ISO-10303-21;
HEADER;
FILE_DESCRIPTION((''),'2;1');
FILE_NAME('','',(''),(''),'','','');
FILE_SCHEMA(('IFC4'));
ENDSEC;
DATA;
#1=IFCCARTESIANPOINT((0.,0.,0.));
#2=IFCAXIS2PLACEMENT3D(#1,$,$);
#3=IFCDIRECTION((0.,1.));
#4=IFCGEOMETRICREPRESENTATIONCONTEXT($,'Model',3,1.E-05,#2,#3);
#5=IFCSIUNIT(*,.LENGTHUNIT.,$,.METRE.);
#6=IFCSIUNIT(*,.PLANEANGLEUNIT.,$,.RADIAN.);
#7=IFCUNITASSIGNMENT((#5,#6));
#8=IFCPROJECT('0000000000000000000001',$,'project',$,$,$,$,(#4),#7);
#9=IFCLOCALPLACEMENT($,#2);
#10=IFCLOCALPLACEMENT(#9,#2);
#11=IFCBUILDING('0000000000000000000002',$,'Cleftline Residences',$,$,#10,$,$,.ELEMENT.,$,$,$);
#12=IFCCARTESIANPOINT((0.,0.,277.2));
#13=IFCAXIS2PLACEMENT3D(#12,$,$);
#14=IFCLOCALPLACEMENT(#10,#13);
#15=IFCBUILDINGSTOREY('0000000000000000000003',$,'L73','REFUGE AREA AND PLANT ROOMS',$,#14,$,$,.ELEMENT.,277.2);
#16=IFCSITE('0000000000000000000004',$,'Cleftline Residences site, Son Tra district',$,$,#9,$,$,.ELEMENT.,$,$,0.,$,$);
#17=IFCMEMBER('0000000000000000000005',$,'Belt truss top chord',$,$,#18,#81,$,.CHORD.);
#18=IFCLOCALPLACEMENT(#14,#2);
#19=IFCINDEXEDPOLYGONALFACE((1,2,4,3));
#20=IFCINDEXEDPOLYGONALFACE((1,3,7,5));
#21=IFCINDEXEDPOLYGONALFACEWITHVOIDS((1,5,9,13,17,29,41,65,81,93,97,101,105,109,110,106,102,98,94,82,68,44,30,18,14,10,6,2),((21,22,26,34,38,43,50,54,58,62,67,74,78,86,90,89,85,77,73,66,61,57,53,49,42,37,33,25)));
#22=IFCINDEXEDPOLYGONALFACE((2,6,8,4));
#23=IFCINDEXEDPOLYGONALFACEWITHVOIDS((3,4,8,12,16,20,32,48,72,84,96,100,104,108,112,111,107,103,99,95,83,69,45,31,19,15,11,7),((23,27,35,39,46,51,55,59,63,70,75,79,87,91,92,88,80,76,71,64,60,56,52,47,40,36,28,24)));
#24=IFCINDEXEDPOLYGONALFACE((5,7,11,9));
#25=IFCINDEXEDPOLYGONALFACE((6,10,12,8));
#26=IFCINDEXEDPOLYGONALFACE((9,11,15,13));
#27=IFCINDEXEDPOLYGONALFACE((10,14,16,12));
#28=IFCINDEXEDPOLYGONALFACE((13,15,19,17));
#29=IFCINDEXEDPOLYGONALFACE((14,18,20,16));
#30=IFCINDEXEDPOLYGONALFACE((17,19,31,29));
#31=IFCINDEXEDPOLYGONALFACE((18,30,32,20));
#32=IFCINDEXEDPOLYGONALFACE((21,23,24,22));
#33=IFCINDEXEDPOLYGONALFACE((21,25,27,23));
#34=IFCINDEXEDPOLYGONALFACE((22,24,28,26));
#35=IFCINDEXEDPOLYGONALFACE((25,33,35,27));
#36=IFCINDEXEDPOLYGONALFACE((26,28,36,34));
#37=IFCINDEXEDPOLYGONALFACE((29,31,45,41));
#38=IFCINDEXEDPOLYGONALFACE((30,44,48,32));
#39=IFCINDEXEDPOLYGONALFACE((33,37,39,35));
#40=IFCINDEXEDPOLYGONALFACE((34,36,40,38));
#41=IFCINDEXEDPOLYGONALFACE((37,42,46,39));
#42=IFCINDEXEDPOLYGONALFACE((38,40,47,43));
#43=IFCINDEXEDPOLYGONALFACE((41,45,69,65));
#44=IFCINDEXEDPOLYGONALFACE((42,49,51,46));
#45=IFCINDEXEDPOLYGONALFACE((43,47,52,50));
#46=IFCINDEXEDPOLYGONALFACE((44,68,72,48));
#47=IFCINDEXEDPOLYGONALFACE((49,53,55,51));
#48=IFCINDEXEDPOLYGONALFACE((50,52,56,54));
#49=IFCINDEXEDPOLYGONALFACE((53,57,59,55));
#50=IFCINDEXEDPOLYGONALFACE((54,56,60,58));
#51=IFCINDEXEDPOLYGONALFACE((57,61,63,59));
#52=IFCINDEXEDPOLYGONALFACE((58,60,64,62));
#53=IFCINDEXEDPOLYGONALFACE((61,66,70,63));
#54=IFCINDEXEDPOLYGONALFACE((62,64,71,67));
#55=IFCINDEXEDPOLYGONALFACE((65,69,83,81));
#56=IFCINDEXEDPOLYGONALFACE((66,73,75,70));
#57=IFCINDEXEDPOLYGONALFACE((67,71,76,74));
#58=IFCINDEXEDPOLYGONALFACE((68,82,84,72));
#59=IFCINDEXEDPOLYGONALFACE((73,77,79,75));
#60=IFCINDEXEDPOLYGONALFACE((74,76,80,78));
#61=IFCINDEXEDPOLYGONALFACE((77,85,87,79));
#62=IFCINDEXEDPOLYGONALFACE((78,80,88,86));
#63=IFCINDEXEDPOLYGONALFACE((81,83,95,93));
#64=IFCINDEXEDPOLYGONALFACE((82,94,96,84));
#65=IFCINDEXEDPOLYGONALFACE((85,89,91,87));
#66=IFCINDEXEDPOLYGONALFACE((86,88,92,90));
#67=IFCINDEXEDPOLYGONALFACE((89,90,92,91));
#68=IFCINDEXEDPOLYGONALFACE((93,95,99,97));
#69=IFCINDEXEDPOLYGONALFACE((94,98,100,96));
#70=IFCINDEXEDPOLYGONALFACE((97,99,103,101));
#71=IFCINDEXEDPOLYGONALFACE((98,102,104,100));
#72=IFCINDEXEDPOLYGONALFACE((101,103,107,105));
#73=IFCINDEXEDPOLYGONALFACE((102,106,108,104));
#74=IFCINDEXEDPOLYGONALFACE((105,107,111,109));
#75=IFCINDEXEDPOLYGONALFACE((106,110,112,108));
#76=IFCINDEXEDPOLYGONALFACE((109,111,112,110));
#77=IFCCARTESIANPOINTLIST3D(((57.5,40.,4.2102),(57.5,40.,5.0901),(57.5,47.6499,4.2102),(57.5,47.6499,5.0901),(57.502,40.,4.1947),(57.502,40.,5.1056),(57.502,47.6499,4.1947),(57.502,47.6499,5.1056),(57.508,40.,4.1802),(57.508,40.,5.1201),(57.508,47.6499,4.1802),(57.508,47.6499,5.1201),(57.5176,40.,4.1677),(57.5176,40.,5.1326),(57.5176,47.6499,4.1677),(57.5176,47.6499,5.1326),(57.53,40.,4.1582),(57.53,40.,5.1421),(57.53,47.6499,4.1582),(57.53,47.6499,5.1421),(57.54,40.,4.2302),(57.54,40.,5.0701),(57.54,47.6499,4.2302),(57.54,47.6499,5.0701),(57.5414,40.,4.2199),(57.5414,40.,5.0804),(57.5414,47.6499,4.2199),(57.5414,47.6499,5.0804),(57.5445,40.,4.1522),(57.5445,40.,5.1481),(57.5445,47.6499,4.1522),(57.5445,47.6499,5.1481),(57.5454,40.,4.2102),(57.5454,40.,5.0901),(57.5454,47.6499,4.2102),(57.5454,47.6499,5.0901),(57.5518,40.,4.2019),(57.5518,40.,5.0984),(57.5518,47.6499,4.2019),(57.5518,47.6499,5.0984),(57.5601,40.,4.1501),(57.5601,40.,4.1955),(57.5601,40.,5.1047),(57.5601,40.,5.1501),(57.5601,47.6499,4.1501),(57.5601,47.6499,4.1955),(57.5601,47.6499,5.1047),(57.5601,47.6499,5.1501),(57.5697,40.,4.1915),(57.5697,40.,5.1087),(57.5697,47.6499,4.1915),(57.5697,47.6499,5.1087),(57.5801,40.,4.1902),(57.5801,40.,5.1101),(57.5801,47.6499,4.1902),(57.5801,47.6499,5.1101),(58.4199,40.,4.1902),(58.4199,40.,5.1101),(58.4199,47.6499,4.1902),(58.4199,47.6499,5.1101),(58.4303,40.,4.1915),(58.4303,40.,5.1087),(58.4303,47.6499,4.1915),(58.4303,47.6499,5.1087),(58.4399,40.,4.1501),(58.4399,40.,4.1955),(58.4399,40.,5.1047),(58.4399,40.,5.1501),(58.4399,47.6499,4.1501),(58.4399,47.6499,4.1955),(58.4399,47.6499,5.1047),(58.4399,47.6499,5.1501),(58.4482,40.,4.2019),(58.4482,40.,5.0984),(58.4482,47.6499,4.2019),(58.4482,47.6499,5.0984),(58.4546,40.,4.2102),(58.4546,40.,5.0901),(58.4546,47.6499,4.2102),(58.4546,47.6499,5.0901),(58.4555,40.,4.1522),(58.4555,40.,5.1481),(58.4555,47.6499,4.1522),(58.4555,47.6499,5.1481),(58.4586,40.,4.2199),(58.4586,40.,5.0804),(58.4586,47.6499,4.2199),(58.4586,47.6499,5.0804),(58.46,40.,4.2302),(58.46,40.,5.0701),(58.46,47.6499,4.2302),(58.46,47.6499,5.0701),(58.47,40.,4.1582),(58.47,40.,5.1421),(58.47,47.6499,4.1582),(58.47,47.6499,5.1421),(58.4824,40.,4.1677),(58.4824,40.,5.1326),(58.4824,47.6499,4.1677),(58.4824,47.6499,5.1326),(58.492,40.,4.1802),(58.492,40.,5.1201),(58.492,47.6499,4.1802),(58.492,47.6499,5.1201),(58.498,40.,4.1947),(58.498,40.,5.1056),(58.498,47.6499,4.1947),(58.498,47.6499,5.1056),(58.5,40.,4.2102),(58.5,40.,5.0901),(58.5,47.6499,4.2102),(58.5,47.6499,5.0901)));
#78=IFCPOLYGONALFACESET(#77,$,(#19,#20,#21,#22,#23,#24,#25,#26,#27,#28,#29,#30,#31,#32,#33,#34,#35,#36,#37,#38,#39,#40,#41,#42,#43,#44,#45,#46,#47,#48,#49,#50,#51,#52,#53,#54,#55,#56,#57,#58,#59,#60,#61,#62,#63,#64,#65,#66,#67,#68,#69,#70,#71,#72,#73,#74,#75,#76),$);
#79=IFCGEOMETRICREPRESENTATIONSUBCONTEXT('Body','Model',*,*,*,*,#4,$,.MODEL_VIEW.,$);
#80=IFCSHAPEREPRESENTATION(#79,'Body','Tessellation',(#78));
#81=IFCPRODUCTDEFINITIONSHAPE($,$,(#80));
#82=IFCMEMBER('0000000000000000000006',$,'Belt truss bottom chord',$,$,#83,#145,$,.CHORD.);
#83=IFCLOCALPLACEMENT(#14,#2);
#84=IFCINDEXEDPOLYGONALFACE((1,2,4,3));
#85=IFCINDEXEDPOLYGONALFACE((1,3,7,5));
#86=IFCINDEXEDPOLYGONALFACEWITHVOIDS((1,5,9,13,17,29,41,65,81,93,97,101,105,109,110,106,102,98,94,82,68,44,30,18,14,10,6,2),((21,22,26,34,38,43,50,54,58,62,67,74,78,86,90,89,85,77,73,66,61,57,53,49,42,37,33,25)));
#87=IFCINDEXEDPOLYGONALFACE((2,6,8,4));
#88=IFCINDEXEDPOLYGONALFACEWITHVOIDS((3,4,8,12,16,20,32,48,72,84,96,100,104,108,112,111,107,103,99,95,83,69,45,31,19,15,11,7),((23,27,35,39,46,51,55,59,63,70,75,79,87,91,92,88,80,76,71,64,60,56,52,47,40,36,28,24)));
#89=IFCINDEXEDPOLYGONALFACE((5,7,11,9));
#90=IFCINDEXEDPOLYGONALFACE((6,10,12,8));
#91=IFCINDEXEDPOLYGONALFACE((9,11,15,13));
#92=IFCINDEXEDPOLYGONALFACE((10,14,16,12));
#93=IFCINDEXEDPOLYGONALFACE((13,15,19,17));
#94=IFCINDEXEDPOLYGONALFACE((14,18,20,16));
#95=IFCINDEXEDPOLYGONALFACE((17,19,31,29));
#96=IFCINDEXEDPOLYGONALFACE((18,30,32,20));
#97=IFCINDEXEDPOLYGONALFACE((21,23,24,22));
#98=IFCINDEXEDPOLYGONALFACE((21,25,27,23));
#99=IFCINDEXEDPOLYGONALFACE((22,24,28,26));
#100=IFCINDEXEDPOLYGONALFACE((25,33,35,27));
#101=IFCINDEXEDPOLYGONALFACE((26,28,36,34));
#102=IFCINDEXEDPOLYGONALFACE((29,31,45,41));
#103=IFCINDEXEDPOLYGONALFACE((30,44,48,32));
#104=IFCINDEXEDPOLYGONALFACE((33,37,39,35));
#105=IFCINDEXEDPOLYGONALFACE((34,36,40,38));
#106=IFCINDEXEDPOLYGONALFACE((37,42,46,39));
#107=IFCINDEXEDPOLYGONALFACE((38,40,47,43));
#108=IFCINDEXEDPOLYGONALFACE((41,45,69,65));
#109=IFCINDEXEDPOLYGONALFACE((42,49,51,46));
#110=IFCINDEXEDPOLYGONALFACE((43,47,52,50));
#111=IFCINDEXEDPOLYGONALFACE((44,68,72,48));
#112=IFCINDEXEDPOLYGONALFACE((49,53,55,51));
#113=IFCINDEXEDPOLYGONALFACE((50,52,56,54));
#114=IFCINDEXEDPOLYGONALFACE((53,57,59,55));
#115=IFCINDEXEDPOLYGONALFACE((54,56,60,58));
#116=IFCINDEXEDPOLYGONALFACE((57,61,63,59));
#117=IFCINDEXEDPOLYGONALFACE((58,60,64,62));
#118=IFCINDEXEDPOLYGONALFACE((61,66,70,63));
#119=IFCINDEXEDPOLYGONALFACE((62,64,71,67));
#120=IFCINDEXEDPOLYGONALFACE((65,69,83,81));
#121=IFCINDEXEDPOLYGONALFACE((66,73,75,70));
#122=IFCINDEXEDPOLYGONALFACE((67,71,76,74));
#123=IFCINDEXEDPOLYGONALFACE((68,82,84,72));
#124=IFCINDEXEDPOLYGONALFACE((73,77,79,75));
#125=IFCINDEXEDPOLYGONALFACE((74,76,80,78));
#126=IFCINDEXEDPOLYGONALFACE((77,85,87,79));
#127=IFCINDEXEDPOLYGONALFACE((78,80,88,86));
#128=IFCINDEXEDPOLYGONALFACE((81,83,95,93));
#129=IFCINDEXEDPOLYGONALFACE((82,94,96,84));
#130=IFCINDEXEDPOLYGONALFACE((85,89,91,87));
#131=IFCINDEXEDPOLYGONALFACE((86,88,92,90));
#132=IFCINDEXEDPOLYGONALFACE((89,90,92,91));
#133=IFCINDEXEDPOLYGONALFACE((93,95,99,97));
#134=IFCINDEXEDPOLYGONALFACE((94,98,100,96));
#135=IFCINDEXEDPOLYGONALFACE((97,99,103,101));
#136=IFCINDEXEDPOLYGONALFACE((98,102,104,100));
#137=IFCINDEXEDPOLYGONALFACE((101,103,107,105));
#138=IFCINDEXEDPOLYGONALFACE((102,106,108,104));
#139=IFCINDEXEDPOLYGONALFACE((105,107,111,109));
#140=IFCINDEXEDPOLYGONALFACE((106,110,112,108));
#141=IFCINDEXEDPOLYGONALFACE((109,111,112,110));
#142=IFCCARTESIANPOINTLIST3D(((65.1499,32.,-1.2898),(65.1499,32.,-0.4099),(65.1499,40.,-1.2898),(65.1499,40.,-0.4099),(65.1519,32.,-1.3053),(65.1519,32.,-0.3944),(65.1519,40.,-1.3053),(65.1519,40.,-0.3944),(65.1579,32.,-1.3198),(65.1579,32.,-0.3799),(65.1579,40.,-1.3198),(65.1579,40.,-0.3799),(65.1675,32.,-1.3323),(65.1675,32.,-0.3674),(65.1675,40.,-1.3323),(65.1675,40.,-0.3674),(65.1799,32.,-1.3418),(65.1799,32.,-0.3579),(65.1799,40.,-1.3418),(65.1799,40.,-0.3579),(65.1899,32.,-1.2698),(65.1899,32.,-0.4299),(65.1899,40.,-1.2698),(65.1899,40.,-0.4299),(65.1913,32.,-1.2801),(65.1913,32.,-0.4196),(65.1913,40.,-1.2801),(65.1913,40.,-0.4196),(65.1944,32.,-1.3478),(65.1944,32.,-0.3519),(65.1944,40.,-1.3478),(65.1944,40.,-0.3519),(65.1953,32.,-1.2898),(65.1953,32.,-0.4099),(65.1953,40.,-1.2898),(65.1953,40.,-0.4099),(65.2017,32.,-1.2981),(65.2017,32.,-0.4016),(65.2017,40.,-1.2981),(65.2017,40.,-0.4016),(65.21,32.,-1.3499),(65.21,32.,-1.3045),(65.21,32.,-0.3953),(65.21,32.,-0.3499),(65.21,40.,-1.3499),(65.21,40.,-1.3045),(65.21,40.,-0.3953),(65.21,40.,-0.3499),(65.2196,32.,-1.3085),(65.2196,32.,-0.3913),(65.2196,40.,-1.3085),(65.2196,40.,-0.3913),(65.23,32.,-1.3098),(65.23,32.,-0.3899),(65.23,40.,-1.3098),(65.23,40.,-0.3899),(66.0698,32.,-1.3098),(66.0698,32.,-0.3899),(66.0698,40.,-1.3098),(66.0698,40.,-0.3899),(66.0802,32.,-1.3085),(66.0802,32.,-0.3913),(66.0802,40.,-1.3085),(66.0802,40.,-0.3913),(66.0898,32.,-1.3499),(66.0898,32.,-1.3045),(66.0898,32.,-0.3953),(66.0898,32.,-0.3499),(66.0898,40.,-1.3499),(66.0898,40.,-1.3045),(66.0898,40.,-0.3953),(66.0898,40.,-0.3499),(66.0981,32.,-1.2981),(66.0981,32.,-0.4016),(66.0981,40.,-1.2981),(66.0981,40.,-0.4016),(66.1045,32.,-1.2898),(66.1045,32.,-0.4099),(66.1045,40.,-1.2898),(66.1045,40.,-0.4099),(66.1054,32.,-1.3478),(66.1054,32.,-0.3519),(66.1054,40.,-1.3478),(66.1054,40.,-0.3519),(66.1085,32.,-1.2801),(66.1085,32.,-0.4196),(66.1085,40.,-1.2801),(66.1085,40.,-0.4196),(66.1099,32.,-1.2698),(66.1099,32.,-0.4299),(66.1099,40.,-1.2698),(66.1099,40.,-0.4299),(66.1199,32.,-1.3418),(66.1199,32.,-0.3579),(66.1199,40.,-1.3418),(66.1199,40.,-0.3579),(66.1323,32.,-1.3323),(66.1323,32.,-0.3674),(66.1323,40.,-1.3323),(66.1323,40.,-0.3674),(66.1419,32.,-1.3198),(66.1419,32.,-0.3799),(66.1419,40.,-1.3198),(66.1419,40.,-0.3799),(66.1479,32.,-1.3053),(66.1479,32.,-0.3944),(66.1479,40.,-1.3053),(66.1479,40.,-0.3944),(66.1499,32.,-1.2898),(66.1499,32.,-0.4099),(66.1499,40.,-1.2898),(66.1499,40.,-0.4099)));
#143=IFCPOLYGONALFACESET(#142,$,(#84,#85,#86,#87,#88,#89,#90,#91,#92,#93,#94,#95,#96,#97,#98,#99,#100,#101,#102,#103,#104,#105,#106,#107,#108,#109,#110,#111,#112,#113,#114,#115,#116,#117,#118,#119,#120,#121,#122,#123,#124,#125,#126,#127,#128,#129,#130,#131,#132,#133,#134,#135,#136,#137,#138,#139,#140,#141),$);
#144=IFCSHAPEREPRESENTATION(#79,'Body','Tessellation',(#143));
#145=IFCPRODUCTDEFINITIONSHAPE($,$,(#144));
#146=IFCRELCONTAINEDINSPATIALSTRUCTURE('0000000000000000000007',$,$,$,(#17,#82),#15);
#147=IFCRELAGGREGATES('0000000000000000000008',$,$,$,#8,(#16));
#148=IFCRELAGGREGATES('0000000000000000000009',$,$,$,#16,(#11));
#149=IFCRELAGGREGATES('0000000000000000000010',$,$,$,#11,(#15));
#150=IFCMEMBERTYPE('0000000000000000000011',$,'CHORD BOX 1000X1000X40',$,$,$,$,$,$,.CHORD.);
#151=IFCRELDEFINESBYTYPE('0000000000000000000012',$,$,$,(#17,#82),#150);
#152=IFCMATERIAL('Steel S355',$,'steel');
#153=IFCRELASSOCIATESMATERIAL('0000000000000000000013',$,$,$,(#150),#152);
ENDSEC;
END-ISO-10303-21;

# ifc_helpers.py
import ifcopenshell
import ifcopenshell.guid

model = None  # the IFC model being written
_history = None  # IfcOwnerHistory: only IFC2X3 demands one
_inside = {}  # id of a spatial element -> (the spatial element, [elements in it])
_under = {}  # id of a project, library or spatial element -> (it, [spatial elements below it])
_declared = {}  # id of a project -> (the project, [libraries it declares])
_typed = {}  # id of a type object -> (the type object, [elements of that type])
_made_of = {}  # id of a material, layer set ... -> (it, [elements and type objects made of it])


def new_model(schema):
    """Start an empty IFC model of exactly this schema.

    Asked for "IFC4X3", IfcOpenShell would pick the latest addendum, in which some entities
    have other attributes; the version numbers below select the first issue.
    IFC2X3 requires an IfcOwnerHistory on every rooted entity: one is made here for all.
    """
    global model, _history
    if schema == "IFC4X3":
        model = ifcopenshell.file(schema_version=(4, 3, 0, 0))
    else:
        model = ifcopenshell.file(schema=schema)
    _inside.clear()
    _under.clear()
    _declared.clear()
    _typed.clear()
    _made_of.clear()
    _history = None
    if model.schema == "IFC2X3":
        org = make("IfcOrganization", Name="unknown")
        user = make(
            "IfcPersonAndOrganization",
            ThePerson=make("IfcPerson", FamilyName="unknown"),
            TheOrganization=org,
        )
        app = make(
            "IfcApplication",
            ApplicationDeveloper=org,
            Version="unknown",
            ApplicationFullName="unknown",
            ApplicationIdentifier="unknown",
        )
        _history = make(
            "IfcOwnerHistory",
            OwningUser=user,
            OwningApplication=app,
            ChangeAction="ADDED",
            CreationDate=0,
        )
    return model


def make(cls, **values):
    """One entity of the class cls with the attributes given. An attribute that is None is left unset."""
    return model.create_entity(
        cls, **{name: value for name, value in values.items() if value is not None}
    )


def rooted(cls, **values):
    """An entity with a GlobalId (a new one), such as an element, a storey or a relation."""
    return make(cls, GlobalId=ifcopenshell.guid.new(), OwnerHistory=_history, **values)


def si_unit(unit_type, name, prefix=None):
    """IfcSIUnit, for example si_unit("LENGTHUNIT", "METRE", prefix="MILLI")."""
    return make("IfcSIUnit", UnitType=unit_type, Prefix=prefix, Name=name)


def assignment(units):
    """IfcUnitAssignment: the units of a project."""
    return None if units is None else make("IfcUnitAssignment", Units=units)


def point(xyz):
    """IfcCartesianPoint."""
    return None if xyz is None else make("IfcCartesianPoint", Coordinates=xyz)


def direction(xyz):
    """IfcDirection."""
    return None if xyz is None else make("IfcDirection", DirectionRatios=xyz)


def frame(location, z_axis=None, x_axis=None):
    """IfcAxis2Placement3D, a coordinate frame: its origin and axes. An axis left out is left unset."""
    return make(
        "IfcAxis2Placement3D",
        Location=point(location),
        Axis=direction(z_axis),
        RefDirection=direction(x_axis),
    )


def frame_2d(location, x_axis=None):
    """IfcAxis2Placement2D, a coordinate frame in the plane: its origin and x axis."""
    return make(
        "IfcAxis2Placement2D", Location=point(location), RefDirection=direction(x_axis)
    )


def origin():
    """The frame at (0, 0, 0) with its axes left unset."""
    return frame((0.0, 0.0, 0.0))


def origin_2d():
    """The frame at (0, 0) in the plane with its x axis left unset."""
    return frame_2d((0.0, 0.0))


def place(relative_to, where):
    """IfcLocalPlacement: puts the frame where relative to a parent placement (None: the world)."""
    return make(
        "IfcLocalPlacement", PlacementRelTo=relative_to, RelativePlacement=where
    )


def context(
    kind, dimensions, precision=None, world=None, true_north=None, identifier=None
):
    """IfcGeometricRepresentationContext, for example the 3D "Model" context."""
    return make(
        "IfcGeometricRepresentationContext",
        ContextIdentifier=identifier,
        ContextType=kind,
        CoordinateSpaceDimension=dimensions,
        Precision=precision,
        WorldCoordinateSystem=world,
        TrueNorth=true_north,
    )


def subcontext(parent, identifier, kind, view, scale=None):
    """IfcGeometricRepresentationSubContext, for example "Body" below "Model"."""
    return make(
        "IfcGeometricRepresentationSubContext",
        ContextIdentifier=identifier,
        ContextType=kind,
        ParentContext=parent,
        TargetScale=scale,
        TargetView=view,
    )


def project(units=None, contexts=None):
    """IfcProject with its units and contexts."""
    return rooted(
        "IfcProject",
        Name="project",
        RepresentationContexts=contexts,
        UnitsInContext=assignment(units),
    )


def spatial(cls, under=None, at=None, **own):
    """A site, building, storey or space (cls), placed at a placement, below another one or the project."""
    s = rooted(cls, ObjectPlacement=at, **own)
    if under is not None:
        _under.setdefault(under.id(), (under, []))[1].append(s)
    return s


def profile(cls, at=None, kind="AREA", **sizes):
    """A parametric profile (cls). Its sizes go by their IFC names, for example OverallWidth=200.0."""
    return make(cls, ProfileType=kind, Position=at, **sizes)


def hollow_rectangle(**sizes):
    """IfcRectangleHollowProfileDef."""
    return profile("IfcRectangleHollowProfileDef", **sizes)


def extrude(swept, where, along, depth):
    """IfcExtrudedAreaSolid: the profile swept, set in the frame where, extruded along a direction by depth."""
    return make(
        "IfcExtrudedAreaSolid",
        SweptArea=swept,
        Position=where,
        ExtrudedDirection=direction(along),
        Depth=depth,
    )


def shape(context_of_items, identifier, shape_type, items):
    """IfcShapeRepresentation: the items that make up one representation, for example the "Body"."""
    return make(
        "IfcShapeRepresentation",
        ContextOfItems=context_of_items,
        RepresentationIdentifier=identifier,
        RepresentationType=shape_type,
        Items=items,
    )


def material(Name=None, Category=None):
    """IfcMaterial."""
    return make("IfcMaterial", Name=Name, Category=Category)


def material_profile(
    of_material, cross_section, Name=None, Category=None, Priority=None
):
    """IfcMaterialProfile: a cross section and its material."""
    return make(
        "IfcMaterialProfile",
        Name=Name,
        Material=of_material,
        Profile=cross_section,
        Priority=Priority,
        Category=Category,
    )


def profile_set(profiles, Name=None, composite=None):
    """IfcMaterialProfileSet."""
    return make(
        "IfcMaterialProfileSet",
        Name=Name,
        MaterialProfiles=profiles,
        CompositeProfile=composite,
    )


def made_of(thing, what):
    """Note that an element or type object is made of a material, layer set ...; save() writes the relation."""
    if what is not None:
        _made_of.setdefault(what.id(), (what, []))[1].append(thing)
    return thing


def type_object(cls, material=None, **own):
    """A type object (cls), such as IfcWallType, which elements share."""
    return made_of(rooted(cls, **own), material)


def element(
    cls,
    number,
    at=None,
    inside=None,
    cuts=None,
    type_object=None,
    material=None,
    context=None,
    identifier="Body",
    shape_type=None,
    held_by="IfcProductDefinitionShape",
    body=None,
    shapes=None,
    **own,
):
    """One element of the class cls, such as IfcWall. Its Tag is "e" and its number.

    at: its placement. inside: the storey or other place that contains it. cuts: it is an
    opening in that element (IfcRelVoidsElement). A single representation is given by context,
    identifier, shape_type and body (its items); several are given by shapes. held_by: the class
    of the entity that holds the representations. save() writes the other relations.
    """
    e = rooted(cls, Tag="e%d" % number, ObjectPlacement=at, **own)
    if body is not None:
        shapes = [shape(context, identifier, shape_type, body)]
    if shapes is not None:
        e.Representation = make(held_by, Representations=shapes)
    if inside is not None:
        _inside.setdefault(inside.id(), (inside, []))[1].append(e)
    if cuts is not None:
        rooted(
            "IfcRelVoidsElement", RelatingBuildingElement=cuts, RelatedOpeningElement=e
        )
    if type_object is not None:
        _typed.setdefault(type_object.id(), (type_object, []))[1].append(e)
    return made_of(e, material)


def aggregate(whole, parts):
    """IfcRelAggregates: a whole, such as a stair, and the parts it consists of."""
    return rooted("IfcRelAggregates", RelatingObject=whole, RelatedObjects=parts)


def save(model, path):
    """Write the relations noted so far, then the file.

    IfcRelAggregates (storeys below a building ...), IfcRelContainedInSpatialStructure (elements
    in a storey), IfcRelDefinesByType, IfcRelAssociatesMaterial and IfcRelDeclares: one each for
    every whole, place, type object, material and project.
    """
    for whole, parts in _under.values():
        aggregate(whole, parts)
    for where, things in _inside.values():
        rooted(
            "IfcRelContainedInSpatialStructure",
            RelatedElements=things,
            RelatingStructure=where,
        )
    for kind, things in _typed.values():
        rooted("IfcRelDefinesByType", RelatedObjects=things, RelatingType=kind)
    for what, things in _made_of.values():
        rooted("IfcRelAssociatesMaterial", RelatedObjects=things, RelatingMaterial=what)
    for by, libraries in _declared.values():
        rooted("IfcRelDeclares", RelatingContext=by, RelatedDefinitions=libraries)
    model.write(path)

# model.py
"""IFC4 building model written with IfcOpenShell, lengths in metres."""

from ifc_helpers import new_model, si_unit, direction, frame, origin, origin_2d, place, context, subcontext, project, spatial, hollow_rectangle, extrude, material, material_profile, profile_set, type_object, element, save


model = new_model("IFC4")

# Units and contexts
model_context = context("Model", 3, precision=1e-05, world=origin(), true_north=direction((0.0, 1.0)))
body_context = subcontext(model_context, "Body", "Model", "MODEL_VIEW")
ifc_project = project(units=[si_unit("LENGTHUNIT", "METRE"), si_unit("PLANEANGLEUNIT", "RADIAN")], contexts=[model_context])

# Site, building, storey
site_placement = place(None, origin())
site = spatial("IfcSite", under=ifc_project, at=site_placement, Name="Cleftline Residences site, Son Tra district", CompositionType="ELEMENT", RefElevation=0.0)
building_placement = place(site_placement, origin())
building = spatial("IfcBuilding", under=site, at=building_placement, Name="Cleftline Residences", CompositionType="ELEMENT")
storey_placement = place(building_placement, frame((0.0, 0.0, 277.2)))
storey = spatial("IfcBuildingStorey", under=building, at=storey_placement, Name="L73", Description="REFUGE AREA AND PLANT ROOMS", CompositionType="ELEMENT", Elevation=277.2)

# Members
ifc_material_1 = material(Name="Steel S355", Category="steel")
ifc_material_profile_1 = material_profile(ifc_material_1, hollow_rectangle(XDim=1.0, YDim=1.0, WallThickness=0.04, InnerFilletRadius=0.04, OuterFilletRadius=0.0601, at=origin_2d()))
ifc_profile_set_1 = profile_set([ifc_material_profile_1], Name="Steel S355")
member_type_1 = type_object("IfcMemberType", Name="CHORD BOX 1000X1000X40", PredefinedType="CHORD", material=ifc_profile_set_1)
for number, where, z_axis, x_axis, name in (
    (1, (58.0, 40.0, 4.6501), (0.0, 1.0, 0.0), (-1.0, 0.0, 0.0), "Belt truss top chord"),
):
    element("IfcMember", number, at=place(storey_placement, frame(where, z_axis=z_axis, x_axis=x_axis)), inside=storey, type_object=member_type_1, Name=name, PredefinedType="CHORD", context=body_context, shape_type="SweptSolid", body=[
        extrude(hollow_rectangle(XDim=1.0, YDim=1.0, WallThickness=0.04, InnerFilletRadius=0.04, OuterFilletRadius=0.0601, at=origin_2d()), origin(), (0.0, 0.0, 1.0), 7.6499),
    ])
for number, where, z_axis, x_axis, name in (
    (2, (65.6499, 32.0, -0.8499), (0.0, 1.0, 0.0), (-1.0, 0.0, 0.0), "Belt truss bottom chord"),
):
    element("IfcMember", number, at=place(storey_placement, frame(where, z_axis=z_axis, x_axis=x_axis)), inside=storey, type_object=member_type_1, Name=name, PredefinedType="CHORD", context=body_context, shape_type="SweptSolid", body=[
        extrude(hollow_rectangle(XDim=1.0, YDim=1.0, WallThickness=0.04, InnerFilletRadius=0.04, OuterFilletRadius=0.0601, at=origin_2d()), origin(), (0.0, 0.0, 1.0), 8.0),
    ])

save(model, "model.ifc")
